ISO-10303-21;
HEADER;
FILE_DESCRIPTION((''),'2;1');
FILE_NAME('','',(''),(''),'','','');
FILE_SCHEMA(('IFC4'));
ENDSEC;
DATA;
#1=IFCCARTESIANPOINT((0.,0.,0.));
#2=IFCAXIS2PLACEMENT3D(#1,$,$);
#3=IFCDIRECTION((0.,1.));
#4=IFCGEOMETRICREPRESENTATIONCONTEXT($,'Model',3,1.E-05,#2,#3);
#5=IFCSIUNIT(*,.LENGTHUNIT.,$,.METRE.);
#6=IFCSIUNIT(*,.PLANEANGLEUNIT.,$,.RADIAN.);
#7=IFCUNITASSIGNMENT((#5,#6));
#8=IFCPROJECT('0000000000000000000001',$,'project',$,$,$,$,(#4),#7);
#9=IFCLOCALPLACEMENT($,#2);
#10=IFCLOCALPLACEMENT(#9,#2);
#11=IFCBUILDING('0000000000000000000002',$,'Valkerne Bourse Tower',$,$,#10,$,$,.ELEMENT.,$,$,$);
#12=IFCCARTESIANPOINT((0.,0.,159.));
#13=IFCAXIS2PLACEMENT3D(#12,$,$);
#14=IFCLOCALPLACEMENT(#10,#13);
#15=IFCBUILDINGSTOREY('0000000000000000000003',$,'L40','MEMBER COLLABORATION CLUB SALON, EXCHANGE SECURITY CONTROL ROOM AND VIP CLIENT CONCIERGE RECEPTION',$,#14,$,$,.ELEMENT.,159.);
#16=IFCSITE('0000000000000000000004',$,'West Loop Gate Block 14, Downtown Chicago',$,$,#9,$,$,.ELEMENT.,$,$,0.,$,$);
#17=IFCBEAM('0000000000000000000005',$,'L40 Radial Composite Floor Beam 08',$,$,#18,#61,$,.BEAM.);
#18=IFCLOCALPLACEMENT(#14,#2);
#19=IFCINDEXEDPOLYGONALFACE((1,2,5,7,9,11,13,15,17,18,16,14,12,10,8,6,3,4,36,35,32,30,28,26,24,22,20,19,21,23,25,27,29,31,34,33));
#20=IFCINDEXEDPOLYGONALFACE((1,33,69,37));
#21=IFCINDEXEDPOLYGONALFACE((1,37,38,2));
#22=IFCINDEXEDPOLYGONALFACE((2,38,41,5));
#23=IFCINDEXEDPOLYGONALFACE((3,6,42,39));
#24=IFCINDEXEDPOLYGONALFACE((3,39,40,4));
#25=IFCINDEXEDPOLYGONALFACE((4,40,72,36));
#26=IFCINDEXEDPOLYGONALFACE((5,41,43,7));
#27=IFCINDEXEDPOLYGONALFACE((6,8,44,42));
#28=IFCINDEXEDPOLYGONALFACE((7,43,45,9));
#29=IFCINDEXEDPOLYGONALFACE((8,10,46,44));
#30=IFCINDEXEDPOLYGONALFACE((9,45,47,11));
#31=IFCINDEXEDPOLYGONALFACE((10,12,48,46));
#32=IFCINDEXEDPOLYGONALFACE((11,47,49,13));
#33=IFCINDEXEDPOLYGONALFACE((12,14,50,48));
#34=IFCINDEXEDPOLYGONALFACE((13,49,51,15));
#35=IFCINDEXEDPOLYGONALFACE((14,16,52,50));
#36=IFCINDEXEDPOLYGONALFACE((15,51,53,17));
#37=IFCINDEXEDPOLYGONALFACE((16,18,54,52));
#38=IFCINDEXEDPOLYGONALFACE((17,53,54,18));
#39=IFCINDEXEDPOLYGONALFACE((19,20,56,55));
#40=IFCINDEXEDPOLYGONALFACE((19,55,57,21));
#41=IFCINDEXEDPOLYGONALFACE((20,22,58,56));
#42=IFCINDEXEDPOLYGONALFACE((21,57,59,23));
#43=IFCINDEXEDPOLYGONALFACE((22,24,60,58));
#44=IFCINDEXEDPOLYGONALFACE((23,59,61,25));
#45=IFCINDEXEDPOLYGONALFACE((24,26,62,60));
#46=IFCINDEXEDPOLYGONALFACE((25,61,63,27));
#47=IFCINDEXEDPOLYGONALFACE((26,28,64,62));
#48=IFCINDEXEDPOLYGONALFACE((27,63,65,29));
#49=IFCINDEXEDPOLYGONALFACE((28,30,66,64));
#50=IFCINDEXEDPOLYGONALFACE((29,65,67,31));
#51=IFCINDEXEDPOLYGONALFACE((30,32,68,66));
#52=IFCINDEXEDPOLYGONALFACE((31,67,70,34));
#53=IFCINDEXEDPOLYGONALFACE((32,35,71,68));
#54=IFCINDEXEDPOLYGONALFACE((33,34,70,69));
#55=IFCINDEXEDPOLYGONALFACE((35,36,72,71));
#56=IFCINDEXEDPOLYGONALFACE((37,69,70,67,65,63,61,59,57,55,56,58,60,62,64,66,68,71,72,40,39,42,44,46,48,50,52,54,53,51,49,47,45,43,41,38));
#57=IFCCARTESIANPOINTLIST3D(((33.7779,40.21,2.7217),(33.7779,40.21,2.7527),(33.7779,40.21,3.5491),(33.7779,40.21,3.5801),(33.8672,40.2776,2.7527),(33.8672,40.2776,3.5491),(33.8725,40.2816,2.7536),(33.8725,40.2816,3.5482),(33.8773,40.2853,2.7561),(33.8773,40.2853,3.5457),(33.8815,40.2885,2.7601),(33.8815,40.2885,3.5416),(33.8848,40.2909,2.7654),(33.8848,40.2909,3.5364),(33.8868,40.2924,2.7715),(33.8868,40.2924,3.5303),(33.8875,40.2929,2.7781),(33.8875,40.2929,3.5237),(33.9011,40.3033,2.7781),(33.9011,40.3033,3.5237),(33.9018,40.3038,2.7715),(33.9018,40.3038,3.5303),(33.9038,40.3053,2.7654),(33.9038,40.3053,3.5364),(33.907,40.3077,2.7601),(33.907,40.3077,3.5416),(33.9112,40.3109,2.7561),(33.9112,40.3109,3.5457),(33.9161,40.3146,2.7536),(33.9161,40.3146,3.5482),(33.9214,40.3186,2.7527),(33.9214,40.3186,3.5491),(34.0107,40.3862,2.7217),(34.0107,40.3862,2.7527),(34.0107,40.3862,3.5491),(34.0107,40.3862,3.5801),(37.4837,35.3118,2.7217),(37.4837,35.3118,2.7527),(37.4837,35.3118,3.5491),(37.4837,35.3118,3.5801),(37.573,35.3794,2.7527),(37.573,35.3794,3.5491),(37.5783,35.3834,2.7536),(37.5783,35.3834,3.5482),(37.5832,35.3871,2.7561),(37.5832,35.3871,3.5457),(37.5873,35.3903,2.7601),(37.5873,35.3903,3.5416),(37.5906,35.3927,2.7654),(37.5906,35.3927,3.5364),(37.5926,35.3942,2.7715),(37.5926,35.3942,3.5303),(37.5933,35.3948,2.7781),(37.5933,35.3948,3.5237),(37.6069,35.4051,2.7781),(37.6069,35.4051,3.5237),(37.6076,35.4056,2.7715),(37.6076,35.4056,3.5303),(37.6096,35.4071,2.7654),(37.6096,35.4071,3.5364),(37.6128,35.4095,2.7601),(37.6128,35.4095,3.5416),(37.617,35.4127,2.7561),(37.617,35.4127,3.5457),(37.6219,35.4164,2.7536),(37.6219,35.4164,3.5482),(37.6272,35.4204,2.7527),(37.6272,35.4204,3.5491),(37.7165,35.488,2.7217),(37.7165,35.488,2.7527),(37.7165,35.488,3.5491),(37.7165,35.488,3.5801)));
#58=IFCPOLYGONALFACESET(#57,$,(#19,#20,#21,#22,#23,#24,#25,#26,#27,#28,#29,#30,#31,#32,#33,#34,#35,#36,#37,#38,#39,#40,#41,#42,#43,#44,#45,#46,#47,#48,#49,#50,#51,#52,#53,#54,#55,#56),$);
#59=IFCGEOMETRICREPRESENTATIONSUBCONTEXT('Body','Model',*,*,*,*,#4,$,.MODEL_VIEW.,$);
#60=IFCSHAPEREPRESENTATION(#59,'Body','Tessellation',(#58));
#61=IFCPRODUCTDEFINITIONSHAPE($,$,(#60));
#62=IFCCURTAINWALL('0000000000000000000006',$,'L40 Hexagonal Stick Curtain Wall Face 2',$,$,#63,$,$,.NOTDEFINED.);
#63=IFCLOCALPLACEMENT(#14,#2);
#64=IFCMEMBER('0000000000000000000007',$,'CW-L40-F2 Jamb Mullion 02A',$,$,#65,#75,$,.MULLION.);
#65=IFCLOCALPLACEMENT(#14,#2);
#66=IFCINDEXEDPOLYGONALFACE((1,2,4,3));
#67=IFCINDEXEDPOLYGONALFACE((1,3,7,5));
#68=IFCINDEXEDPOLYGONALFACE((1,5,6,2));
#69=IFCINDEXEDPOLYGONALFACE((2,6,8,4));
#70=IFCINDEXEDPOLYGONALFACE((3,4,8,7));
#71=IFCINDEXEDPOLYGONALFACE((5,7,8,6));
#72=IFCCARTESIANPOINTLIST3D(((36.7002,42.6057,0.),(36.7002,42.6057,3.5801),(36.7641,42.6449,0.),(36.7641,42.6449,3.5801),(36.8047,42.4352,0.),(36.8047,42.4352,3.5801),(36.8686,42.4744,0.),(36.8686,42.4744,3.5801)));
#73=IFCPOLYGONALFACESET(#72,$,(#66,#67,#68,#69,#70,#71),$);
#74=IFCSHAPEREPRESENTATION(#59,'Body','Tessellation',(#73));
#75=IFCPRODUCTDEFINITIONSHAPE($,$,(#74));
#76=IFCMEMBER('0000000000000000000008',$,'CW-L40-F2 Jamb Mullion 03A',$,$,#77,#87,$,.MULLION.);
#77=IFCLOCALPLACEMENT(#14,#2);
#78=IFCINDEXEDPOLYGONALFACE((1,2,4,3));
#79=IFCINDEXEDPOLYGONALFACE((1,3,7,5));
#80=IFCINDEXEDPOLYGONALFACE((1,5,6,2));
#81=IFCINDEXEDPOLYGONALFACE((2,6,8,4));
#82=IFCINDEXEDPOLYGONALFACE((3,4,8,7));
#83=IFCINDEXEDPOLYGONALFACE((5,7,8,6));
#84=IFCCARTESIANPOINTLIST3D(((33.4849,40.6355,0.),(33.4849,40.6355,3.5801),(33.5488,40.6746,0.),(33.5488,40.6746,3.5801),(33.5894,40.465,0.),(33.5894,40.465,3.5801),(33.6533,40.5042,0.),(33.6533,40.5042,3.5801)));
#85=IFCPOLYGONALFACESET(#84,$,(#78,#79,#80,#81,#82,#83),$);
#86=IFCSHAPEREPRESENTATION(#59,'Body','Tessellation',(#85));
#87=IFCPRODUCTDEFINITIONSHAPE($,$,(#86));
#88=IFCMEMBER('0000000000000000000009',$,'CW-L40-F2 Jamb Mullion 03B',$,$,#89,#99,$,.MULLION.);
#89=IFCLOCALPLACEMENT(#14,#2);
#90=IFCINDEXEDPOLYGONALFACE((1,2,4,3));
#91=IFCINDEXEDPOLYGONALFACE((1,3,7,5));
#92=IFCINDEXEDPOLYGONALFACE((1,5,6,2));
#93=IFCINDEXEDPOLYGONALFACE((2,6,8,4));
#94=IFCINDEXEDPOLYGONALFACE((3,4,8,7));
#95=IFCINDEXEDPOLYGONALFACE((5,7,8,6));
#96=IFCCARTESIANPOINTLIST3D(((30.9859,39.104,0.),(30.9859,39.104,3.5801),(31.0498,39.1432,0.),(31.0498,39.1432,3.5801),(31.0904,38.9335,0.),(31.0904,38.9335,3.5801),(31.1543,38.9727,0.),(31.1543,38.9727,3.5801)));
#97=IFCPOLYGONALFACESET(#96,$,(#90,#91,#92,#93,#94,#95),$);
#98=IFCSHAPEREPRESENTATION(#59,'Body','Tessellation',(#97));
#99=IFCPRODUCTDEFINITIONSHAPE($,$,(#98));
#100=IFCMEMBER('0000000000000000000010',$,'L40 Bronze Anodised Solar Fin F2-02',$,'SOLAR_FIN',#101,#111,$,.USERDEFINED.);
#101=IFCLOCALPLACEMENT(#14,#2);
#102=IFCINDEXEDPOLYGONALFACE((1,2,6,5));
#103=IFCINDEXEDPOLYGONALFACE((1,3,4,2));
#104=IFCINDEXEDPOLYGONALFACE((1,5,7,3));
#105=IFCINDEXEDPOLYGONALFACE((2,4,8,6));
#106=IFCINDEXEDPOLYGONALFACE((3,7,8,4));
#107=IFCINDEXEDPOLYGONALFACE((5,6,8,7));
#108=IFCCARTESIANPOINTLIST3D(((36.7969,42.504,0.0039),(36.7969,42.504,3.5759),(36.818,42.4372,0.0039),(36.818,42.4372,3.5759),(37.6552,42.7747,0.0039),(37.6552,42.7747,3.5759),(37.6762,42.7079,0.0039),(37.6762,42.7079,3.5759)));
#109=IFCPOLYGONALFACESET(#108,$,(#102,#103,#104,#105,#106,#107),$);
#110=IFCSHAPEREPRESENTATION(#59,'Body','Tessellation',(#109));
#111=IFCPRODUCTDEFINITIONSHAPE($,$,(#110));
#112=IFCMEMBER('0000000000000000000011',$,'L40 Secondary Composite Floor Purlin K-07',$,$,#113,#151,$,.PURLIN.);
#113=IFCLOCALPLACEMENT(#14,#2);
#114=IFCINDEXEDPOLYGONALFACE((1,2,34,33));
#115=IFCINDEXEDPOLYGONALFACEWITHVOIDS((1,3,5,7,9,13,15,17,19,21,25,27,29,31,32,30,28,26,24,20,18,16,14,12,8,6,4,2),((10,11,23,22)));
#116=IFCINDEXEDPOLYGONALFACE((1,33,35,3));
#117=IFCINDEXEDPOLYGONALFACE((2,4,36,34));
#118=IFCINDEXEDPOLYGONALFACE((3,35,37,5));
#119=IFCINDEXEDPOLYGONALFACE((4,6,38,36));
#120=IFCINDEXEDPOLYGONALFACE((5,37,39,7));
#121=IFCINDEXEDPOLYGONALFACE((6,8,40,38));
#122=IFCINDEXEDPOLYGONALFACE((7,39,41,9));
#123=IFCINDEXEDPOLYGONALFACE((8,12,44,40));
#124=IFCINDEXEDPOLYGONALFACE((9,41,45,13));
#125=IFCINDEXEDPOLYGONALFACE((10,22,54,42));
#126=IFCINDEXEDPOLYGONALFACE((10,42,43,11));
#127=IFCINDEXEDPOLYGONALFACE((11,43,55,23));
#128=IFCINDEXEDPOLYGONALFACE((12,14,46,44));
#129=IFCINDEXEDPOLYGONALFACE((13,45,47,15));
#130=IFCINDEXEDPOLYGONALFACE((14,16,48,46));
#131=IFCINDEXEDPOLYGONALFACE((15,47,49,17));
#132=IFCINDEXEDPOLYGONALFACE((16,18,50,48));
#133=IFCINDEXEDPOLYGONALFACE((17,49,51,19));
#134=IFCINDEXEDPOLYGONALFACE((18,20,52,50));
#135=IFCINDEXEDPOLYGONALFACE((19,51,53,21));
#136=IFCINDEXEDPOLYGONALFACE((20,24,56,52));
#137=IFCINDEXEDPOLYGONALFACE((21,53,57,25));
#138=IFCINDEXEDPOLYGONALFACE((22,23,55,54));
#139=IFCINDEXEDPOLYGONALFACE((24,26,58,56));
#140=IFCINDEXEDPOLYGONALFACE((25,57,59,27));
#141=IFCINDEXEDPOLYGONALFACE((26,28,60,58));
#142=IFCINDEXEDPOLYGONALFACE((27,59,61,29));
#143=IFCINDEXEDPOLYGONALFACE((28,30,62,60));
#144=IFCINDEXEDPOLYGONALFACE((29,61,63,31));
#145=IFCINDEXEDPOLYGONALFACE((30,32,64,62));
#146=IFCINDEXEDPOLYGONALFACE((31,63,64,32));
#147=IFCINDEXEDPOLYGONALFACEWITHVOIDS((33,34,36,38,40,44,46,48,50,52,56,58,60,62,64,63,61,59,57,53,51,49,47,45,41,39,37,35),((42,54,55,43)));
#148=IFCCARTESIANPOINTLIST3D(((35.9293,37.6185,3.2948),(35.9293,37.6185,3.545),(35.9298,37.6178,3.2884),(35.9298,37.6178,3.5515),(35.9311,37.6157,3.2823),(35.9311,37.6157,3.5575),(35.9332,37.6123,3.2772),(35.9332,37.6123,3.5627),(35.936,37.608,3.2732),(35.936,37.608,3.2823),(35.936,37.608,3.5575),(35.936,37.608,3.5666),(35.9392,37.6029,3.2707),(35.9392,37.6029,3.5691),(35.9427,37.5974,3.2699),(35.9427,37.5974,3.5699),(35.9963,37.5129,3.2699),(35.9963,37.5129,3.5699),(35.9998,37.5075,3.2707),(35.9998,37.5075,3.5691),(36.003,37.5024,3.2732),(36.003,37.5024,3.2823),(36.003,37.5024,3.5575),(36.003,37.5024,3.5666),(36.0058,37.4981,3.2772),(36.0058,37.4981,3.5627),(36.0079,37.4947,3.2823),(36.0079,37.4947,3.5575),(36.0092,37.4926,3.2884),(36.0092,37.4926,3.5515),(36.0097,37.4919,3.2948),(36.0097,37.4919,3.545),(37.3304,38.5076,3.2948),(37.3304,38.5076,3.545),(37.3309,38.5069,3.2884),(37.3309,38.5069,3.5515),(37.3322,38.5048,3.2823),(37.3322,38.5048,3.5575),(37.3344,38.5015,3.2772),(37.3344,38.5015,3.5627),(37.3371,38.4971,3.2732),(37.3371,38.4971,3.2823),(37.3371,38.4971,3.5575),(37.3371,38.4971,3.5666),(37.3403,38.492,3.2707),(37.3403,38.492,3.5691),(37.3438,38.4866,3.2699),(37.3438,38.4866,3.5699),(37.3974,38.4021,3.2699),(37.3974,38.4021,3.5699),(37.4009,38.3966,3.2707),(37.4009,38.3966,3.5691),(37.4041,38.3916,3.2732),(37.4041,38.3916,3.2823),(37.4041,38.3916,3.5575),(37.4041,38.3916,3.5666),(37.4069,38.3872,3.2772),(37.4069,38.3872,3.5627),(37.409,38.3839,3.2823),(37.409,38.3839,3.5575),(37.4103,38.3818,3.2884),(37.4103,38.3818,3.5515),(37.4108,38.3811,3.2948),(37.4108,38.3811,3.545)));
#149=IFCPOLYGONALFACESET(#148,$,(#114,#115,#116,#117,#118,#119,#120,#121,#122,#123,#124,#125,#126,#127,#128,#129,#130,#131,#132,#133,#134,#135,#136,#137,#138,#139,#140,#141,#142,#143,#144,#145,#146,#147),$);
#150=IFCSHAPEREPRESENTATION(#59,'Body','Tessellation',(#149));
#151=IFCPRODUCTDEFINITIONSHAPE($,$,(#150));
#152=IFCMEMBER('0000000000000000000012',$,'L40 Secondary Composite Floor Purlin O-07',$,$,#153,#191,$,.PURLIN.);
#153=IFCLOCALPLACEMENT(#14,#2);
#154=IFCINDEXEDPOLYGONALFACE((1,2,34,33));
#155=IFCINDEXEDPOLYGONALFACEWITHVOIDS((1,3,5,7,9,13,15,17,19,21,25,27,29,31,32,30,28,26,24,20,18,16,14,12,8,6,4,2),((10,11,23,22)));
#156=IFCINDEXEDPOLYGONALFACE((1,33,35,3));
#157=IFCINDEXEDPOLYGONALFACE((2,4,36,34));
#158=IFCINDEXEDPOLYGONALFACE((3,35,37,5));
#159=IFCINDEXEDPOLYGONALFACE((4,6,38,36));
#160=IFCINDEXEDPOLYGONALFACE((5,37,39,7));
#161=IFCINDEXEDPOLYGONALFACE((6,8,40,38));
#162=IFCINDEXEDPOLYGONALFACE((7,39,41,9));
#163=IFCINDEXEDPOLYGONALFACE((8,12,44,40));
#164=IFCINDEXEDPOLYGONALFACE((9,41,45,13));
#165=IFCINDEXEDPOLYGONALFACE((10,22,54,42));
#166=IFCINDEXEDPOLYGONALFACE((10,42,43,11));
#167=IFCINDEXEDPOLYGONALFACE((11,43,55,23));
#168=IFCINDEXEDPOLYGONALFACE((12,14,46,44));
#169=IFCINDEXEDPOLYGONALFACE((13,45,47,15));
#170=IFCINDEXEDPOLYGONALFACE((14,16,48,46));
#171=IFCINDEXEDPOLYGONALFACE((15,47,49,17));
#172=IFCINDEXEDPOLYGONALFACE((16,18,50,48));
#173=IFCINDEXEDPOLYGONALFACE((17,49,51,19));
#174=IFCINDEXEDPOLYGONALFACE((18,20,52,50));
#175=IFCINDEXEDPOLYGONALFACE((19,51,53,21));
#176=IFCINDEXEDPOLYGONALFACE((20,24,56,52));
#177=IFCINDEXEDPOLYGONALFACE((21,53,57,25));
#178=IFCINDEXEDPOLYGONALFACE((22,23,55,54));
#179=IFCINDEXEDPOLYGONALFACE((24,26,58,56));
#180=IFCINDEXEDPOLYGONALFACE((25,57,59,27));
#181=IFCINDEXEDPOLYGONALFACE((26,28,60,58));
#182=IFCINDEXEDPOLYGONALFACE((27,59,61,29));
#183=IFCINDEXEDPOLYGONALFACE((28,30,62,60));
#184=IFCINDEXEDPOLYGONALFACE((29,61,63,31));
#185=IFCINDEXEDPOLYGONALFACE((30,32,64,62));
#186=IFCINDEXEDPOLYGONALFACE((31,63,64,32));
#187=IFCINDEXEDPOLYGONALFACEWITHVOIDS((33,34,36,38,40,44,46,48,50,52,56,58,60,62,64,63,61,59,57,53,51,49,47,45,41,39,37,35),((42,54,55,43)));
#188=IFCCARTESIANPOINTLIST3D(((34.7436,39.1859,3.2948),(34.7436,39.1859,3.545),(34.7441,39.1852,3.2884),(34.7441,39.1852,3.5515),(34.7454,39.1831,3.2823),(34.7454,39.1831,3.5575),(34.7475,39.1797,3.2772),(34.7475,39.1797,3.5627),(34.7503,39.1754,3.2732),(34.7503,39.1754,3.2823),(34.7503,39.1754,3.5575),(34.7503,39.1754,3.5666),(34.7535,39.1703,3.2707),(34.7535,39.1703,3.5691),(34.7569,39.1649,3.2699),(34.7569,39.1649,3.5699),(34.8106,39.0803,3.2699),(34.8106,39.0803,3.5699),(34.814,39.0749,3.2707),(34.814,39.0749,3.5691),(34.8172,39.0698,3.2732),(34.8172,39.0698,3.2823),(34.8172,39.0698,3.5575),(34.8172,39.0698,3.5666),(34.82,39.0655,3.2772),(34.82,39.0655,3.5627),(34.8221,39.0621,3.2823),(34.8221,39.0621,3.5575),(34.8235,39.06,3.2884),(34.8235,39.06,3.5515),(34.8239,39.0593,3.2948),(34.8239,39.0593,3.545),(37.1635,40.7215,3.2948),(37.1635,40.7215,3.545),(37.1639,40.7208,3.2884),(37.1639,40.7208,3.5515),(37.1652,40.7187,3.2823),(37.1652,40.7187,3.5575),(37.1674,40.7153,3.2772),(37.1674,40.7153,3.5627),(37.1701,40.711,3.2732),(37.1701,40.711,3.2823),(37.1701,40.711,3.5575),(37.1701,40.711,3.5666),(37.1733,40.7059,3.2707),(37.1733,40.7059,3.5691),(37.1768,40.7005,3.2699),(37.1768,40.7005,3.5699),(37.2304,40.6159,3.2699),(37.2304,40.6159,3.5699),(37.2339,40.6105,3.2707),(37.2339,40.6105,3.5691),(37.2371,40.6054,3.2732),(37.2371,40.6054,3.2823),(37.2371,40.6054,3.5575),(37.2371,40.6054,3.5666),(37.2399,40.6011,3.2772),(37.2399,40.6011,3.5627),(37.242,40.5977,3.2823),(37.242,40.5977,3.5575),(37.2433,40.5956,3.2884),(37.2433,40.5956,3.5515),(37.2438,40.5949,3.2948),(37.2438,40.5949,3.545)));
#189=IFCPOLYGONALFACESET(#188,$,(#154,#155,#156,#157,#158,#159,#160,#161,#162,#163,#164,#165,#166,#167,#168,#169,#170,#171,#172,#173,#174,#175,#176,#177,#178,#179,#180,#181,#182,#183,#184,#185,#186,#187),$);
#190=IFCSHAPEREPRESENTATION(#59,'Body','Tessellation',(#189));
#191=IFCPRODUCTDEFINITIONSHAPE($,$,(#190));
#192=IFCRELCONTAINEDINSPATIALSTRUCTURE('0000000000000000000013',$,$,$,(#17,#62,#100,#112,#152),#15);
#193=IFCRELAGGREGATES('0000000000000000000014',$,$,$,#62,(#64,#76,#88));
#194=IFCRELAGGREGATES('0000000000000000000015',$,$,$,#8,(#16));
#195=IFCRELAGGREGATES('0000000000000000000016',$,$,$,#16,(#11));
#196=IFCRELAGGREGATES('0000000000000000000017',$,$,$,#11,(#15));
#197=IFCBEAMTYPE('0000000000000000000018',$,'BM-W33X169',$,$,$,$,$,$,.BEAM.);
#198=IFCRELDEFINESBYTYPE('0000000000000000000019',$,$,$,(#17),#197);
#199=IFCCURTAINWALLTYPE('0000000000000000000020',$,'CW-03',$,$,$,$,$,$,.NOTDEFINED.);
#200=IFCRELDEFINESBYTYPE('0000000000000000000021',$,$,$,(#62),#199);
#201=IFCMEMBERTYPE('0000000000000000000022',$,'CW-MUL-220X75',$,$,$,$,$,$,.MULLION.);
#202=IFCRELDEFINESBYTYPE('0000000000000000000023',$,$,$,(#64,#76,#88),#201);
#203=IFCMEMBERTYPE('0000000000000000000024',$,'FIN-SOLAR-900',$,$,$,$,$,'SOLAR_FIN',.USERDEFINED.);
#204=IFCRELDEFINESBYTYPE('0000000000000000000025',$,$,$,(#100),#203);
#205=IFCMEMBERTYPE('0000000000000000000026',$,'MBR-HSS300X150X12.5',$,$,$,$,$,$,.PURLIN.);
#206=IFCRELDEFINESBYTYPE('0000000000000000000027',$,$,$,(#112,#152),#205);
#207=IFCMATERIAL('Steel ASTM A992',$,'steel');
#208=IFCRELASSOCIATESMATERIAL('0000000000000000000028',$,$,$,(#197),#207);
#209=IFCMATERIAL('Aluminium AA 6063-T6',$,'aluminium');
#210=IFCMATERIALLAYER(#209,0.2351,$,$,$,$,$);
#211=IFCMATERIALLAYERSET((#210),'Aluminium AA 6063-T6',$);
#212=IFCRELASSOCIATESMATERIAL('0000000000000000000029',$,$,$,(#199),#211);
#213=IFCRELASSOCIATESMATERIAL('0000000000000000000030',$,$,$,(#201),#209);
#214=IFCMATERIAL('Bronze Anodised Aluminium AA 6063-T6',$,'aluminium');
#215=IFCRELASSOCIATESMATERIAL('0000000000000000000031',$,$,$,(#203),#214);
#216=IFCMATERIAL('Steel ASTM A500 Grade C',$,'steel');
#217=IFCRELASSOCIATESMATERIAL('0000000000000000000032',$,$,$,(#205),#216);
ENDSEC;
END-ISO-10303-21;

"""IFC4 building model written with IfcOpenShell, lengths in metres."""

from ifc_helpers import new_model, si_unit, direction, frame, origin, origin_2d, place, context, subcontext, project, spatial, rectangle, hollow_rectangle, i_section, extrude, material, layer, layer_set, material_profile, profile_set, type_object, element, aggregate, save


model = new_model("IFC4")

# Units and contexts
model_context = context("Model", 3, precision=1e-05, world=origin(), true_north=direction((0.0, 1.0)))
body_context = subcontext(model_context, "Body", "Model", "MODEL_VIEW")
ifc_project = project(units=[si_unit("LENGTHUNIT", "METRE"), si_unit("PLANEANGLEUNIT", "RADIAN")], contexts=[model_context])

# Site, building, storey
site_placement = place(None, origin())
site = spatial("IfcSite", under=ifc_project, at=site_placement, Name="West Loop Gate Block 14, Downtown Chicago", CompositionType="ELEMENT", RefElevation=0.0)
building_placement = place(site_placement, origin())
building = spatial("IfcBuilding", under=site, at=building_placement, Name="Valkerne Bourse Tower", CompositionType="ELEMENT")
storey_placement = place(building_placement, frame((0.0, 0.0, 159.0)))
storey = spatial("IfcBuildingStorey", under=building, at=storey_placement, Name="L40", Description="MEMBER COLLABORATION CLUB SALON, EXCHANGE SECURITY CONTROL ROOM AND VIP CLIENT CONCIERGE RECEPTION", CompositionType="ELEMENT", Elevation=159.0)

# Beam
ifc_material_1 = material(Name="Steel ASTM A992", Category="steel")
ifc_material_profile_1 = material_profile(ifc_material_1, i_section(OverallWidth=0.292, OverallDepth=0.8584, WebThickness=0.0171, FlangeThickness=0.031, FilletRadius=0.0254, at=origin_2d()), Name="W33X169")
ifc_profile_set_1 = profile_set([ifc_material_profile_1], Name="Steel ASTM A992")
beam_type_1 = type_object("IfcBeamType", Name="BM-W33X169", PredefinedType="BEAM", material=ifc_profile_set_1)
beam_1_placement = place(storey_placement, frame((33.8943, 40.2981, 3.1509), z_axis=(0.603346, -0.797479, 0.0), x_axis=(0.797479, 0.603346, 0.0)))
element("IfcBeam", 1, at=beam_1_placement, inside=storey, type_object=beam_type_1, Name="L40 Radial Composite Floor Beam 08", PredefinedType="BEAM", context=body_context, shape_type="SweptSolid", body=[
    extrude(i_section(OverallWidth=0.292, OverallDepth=0.8584, WebThickness=0.0171, FlangeThickness=0.031, FilletRadius=0.0254, at=origin_2d()), origin(), (0.0, 0.0, 1.0), 6.1421),
])

# Curtain wall, members
ifc_material_2 = material(Name="Aluminium AA 6063-T6", Category="aluminium")
ifc_layer_1 = layer(ifc_material_2, 0.2351)
ifc_layer_set_1 = layer_set([ifc_layer_1], Name="Aluminium AA 6063-T6")
curtain_wall_type = type_object("IfcCurtainWallType", Name="CW-03", PredefinedType="NOTDEFINED", material=ifc_layer_set_1)
curtain_wall_placement = place(storey_placement, origin())
curtain_wall = element("IfcCurtainWall", 2, at=curtain_wall_placement, inside=storey, type_object=curtain_wall_type, Name="L40 Hexagonal Stick Curtain Wall Face 2", PredefinedType="NOTDEFINED")
ifc_material_profile_2 = material_profile(ifc_material_2, rectangle(XDim=0.075, YDim=0.2, at=origin_2d()), Name="CWM-75X200")
ifc_profile_set_2 = profile_set([ifc_material_profile_2], Name="Aluminium AA 6063-T6")
member_type_1 = type_object("IfcMemberType", Name="CW-MUL-220X75", PredefinedType="MULLION", material=ifc_profile_set_2)
member_1_placement = place(storey_placement, frame((36.7844, 42.54, 0.0), z_axis=(0.0, 0.0, 1.0), x_axis=(-0.852645, -0.522491, 0.0)))
member_1 = element("IfcMember", 3, at=member_1_placement, type_object=member_type_1, Name="CW-L40-F2 Jamb Mullion 02A", PredefinedType="MULLION", context=body_context, shape_type="SweptSolid", body=[
    extrude(rectangle(XDim=0.075, YDim=0.2, at=origin_2d()), origin(), (0.0, 0.0, 1.0), 3.5801),
])
member_2_placement = place(storey_placement, frame((33.5691, 40.5698, 0.0), z_axis=(0.0, 0.0, 1.0), x_axis=(-0.852645, -0.522491, 0.0)))
member_2 = element("IfcMember", 4, at=member_2_placement, type_object=member_type_1, Name="CW-L40-F2 Jamb Mullion 03A", PredefinedType="MULLION", context=body_context, shape_type="SweptSolid", body=[
    extrude(rectangle(XDim=0.075, YDim=0.2, at=origin_2d()), origin(), (0.0, 0.0, 1.0), 3.5801),
])
member_3_placement = place(storey_placement, frame((31.0701, 39.0383, 0.0), z_axis=(0.0, 0.0, 1.0), x_axis=(-0.852645, -0.522491, 0.0)))
member_3 = element("IfcMember", 5, at=member_3_placement, type_object=member_type_1, Name="CW-L40-F2 Jamb Mullion 03B", PredefinedType="MULLION", context=body_context, shape_type="SweptSolid", body=[
    extrude(rectangle(XDim=0.075, YDim=0.2, at=origin_2d()), origin(), (0.0, 0.0, 1.0), 3.5801),
])

# Members
ifc_material_3 = material(Name="Bronze Anodised Aluminium AA 6063-T6", Category="aluminium")
ifc_material_profile_3 = material_profile(ifc_material_3, rectangle(XDim=0.0701, YDim=0.8999, at=origin_2d()), Name="FIN-70X900")
ifc_profile_set_3 = profile_set([ifc_material_profile_3], Name="Bronze Anodised Aluminium AA 6063-T6")
member_type_2 = type_object("IfcMemberType", Name="FIN-SOLAR-900", ElementType="SOLAR_FIN", PredefinedType="USERDEFINED", material=ifc_profile_set_3)
member_4_placement = place(storey_placement, frame((37.2366, 42.606, 0.0039), z_axis=(0.0, 0.0, 1.0), x_axis=(-0.300777, 0.953694, 0.0)))
element("IfcMember", 6, at=member_4_placement, inside=storey, type_object=member_type_2, Name="L40 Bronze Anodised Solar Fin F2-02", ObjectType="SOLAR_FIN", PredefinedType="USERDEFINED", context=body_context, shape_type="SweptSolid", body=[
    extrude(rectangle(XDim=0.0701, YDim=0.8999, at=origin_2d()), origin(), (0.0, 0.0, 1.0), 3.572),
])
ifc_material_4 = material(Name="Steel ASTM A500 Grade C", Category="steel")
ifc_material_profile_4 = material_profile(ifc_material_4, hollow_rectangle(XDim=0.1499, YDim=0.3, WallThickness=0.0125, OuterFilletRadius=0.0249, at=origin_2d()), Name="HSS300X150X12.5")
ifc_profile_set_4 = profile_set([ifc_material_profile_4], Name="Steel ASTM A500 Grade C")
member_type_3 = type_object("IfcMemberType", Name="MBR-HSS300X150X12.5", PredefinedType="PURLIN", material=ifc_profile_set_4)
member_5_placement = place(storey_placement, frame((37.3706, 38.4443, 3.4199), z_axis=(-0.844333, -0.535818, 0.0), x_axis=(0.535818, -0.844333, 0.0)))
element("IfcMember", 7, at=member_5_placement, inside=storey, type_object=member_type_3, Name="L40 Secondary Composite Floor Purlin K-07", PredefinedType="PURLIN", context=body_context, shape_type="SweptSolid", body=[
    extrude(hollow_rectangle(XDim=0.1499, YDim=0.3, WallThickness=0.0125, OuterFilletRadius=0.0249, at=origin_2d()), origin(), (0.0, 0.0, 1.0), 1.6594),
])
member_6_placement = place(storey_placement, frame((37.2036, 40.6582, 3.4199), z_axis=(-0.844341, -0.535806, 0.0), x_axis=(0.535806, -0.844341, 0.0)))
element("IfcMember", 8, at=member_6_placement, inside=storey, type_object=member_type_3, Name="L40 Secondary Composite Floor Purlin O-07", PredefinedType="PURLIN", context=body_context, shape_type="SweptSolid", body=[
    extrude(hollow_rectangle(XDim=0.1499, YDim=0.3, WallThickness=0.0125, OuterFilletRadius=0.0249, at=origin_2d()), origin(), (0.0, 0.0, 1.0), 2.866),
])

aggregate(curtain_wall, [member_1, member_2, member_3])

save(model, "model.ifc")
